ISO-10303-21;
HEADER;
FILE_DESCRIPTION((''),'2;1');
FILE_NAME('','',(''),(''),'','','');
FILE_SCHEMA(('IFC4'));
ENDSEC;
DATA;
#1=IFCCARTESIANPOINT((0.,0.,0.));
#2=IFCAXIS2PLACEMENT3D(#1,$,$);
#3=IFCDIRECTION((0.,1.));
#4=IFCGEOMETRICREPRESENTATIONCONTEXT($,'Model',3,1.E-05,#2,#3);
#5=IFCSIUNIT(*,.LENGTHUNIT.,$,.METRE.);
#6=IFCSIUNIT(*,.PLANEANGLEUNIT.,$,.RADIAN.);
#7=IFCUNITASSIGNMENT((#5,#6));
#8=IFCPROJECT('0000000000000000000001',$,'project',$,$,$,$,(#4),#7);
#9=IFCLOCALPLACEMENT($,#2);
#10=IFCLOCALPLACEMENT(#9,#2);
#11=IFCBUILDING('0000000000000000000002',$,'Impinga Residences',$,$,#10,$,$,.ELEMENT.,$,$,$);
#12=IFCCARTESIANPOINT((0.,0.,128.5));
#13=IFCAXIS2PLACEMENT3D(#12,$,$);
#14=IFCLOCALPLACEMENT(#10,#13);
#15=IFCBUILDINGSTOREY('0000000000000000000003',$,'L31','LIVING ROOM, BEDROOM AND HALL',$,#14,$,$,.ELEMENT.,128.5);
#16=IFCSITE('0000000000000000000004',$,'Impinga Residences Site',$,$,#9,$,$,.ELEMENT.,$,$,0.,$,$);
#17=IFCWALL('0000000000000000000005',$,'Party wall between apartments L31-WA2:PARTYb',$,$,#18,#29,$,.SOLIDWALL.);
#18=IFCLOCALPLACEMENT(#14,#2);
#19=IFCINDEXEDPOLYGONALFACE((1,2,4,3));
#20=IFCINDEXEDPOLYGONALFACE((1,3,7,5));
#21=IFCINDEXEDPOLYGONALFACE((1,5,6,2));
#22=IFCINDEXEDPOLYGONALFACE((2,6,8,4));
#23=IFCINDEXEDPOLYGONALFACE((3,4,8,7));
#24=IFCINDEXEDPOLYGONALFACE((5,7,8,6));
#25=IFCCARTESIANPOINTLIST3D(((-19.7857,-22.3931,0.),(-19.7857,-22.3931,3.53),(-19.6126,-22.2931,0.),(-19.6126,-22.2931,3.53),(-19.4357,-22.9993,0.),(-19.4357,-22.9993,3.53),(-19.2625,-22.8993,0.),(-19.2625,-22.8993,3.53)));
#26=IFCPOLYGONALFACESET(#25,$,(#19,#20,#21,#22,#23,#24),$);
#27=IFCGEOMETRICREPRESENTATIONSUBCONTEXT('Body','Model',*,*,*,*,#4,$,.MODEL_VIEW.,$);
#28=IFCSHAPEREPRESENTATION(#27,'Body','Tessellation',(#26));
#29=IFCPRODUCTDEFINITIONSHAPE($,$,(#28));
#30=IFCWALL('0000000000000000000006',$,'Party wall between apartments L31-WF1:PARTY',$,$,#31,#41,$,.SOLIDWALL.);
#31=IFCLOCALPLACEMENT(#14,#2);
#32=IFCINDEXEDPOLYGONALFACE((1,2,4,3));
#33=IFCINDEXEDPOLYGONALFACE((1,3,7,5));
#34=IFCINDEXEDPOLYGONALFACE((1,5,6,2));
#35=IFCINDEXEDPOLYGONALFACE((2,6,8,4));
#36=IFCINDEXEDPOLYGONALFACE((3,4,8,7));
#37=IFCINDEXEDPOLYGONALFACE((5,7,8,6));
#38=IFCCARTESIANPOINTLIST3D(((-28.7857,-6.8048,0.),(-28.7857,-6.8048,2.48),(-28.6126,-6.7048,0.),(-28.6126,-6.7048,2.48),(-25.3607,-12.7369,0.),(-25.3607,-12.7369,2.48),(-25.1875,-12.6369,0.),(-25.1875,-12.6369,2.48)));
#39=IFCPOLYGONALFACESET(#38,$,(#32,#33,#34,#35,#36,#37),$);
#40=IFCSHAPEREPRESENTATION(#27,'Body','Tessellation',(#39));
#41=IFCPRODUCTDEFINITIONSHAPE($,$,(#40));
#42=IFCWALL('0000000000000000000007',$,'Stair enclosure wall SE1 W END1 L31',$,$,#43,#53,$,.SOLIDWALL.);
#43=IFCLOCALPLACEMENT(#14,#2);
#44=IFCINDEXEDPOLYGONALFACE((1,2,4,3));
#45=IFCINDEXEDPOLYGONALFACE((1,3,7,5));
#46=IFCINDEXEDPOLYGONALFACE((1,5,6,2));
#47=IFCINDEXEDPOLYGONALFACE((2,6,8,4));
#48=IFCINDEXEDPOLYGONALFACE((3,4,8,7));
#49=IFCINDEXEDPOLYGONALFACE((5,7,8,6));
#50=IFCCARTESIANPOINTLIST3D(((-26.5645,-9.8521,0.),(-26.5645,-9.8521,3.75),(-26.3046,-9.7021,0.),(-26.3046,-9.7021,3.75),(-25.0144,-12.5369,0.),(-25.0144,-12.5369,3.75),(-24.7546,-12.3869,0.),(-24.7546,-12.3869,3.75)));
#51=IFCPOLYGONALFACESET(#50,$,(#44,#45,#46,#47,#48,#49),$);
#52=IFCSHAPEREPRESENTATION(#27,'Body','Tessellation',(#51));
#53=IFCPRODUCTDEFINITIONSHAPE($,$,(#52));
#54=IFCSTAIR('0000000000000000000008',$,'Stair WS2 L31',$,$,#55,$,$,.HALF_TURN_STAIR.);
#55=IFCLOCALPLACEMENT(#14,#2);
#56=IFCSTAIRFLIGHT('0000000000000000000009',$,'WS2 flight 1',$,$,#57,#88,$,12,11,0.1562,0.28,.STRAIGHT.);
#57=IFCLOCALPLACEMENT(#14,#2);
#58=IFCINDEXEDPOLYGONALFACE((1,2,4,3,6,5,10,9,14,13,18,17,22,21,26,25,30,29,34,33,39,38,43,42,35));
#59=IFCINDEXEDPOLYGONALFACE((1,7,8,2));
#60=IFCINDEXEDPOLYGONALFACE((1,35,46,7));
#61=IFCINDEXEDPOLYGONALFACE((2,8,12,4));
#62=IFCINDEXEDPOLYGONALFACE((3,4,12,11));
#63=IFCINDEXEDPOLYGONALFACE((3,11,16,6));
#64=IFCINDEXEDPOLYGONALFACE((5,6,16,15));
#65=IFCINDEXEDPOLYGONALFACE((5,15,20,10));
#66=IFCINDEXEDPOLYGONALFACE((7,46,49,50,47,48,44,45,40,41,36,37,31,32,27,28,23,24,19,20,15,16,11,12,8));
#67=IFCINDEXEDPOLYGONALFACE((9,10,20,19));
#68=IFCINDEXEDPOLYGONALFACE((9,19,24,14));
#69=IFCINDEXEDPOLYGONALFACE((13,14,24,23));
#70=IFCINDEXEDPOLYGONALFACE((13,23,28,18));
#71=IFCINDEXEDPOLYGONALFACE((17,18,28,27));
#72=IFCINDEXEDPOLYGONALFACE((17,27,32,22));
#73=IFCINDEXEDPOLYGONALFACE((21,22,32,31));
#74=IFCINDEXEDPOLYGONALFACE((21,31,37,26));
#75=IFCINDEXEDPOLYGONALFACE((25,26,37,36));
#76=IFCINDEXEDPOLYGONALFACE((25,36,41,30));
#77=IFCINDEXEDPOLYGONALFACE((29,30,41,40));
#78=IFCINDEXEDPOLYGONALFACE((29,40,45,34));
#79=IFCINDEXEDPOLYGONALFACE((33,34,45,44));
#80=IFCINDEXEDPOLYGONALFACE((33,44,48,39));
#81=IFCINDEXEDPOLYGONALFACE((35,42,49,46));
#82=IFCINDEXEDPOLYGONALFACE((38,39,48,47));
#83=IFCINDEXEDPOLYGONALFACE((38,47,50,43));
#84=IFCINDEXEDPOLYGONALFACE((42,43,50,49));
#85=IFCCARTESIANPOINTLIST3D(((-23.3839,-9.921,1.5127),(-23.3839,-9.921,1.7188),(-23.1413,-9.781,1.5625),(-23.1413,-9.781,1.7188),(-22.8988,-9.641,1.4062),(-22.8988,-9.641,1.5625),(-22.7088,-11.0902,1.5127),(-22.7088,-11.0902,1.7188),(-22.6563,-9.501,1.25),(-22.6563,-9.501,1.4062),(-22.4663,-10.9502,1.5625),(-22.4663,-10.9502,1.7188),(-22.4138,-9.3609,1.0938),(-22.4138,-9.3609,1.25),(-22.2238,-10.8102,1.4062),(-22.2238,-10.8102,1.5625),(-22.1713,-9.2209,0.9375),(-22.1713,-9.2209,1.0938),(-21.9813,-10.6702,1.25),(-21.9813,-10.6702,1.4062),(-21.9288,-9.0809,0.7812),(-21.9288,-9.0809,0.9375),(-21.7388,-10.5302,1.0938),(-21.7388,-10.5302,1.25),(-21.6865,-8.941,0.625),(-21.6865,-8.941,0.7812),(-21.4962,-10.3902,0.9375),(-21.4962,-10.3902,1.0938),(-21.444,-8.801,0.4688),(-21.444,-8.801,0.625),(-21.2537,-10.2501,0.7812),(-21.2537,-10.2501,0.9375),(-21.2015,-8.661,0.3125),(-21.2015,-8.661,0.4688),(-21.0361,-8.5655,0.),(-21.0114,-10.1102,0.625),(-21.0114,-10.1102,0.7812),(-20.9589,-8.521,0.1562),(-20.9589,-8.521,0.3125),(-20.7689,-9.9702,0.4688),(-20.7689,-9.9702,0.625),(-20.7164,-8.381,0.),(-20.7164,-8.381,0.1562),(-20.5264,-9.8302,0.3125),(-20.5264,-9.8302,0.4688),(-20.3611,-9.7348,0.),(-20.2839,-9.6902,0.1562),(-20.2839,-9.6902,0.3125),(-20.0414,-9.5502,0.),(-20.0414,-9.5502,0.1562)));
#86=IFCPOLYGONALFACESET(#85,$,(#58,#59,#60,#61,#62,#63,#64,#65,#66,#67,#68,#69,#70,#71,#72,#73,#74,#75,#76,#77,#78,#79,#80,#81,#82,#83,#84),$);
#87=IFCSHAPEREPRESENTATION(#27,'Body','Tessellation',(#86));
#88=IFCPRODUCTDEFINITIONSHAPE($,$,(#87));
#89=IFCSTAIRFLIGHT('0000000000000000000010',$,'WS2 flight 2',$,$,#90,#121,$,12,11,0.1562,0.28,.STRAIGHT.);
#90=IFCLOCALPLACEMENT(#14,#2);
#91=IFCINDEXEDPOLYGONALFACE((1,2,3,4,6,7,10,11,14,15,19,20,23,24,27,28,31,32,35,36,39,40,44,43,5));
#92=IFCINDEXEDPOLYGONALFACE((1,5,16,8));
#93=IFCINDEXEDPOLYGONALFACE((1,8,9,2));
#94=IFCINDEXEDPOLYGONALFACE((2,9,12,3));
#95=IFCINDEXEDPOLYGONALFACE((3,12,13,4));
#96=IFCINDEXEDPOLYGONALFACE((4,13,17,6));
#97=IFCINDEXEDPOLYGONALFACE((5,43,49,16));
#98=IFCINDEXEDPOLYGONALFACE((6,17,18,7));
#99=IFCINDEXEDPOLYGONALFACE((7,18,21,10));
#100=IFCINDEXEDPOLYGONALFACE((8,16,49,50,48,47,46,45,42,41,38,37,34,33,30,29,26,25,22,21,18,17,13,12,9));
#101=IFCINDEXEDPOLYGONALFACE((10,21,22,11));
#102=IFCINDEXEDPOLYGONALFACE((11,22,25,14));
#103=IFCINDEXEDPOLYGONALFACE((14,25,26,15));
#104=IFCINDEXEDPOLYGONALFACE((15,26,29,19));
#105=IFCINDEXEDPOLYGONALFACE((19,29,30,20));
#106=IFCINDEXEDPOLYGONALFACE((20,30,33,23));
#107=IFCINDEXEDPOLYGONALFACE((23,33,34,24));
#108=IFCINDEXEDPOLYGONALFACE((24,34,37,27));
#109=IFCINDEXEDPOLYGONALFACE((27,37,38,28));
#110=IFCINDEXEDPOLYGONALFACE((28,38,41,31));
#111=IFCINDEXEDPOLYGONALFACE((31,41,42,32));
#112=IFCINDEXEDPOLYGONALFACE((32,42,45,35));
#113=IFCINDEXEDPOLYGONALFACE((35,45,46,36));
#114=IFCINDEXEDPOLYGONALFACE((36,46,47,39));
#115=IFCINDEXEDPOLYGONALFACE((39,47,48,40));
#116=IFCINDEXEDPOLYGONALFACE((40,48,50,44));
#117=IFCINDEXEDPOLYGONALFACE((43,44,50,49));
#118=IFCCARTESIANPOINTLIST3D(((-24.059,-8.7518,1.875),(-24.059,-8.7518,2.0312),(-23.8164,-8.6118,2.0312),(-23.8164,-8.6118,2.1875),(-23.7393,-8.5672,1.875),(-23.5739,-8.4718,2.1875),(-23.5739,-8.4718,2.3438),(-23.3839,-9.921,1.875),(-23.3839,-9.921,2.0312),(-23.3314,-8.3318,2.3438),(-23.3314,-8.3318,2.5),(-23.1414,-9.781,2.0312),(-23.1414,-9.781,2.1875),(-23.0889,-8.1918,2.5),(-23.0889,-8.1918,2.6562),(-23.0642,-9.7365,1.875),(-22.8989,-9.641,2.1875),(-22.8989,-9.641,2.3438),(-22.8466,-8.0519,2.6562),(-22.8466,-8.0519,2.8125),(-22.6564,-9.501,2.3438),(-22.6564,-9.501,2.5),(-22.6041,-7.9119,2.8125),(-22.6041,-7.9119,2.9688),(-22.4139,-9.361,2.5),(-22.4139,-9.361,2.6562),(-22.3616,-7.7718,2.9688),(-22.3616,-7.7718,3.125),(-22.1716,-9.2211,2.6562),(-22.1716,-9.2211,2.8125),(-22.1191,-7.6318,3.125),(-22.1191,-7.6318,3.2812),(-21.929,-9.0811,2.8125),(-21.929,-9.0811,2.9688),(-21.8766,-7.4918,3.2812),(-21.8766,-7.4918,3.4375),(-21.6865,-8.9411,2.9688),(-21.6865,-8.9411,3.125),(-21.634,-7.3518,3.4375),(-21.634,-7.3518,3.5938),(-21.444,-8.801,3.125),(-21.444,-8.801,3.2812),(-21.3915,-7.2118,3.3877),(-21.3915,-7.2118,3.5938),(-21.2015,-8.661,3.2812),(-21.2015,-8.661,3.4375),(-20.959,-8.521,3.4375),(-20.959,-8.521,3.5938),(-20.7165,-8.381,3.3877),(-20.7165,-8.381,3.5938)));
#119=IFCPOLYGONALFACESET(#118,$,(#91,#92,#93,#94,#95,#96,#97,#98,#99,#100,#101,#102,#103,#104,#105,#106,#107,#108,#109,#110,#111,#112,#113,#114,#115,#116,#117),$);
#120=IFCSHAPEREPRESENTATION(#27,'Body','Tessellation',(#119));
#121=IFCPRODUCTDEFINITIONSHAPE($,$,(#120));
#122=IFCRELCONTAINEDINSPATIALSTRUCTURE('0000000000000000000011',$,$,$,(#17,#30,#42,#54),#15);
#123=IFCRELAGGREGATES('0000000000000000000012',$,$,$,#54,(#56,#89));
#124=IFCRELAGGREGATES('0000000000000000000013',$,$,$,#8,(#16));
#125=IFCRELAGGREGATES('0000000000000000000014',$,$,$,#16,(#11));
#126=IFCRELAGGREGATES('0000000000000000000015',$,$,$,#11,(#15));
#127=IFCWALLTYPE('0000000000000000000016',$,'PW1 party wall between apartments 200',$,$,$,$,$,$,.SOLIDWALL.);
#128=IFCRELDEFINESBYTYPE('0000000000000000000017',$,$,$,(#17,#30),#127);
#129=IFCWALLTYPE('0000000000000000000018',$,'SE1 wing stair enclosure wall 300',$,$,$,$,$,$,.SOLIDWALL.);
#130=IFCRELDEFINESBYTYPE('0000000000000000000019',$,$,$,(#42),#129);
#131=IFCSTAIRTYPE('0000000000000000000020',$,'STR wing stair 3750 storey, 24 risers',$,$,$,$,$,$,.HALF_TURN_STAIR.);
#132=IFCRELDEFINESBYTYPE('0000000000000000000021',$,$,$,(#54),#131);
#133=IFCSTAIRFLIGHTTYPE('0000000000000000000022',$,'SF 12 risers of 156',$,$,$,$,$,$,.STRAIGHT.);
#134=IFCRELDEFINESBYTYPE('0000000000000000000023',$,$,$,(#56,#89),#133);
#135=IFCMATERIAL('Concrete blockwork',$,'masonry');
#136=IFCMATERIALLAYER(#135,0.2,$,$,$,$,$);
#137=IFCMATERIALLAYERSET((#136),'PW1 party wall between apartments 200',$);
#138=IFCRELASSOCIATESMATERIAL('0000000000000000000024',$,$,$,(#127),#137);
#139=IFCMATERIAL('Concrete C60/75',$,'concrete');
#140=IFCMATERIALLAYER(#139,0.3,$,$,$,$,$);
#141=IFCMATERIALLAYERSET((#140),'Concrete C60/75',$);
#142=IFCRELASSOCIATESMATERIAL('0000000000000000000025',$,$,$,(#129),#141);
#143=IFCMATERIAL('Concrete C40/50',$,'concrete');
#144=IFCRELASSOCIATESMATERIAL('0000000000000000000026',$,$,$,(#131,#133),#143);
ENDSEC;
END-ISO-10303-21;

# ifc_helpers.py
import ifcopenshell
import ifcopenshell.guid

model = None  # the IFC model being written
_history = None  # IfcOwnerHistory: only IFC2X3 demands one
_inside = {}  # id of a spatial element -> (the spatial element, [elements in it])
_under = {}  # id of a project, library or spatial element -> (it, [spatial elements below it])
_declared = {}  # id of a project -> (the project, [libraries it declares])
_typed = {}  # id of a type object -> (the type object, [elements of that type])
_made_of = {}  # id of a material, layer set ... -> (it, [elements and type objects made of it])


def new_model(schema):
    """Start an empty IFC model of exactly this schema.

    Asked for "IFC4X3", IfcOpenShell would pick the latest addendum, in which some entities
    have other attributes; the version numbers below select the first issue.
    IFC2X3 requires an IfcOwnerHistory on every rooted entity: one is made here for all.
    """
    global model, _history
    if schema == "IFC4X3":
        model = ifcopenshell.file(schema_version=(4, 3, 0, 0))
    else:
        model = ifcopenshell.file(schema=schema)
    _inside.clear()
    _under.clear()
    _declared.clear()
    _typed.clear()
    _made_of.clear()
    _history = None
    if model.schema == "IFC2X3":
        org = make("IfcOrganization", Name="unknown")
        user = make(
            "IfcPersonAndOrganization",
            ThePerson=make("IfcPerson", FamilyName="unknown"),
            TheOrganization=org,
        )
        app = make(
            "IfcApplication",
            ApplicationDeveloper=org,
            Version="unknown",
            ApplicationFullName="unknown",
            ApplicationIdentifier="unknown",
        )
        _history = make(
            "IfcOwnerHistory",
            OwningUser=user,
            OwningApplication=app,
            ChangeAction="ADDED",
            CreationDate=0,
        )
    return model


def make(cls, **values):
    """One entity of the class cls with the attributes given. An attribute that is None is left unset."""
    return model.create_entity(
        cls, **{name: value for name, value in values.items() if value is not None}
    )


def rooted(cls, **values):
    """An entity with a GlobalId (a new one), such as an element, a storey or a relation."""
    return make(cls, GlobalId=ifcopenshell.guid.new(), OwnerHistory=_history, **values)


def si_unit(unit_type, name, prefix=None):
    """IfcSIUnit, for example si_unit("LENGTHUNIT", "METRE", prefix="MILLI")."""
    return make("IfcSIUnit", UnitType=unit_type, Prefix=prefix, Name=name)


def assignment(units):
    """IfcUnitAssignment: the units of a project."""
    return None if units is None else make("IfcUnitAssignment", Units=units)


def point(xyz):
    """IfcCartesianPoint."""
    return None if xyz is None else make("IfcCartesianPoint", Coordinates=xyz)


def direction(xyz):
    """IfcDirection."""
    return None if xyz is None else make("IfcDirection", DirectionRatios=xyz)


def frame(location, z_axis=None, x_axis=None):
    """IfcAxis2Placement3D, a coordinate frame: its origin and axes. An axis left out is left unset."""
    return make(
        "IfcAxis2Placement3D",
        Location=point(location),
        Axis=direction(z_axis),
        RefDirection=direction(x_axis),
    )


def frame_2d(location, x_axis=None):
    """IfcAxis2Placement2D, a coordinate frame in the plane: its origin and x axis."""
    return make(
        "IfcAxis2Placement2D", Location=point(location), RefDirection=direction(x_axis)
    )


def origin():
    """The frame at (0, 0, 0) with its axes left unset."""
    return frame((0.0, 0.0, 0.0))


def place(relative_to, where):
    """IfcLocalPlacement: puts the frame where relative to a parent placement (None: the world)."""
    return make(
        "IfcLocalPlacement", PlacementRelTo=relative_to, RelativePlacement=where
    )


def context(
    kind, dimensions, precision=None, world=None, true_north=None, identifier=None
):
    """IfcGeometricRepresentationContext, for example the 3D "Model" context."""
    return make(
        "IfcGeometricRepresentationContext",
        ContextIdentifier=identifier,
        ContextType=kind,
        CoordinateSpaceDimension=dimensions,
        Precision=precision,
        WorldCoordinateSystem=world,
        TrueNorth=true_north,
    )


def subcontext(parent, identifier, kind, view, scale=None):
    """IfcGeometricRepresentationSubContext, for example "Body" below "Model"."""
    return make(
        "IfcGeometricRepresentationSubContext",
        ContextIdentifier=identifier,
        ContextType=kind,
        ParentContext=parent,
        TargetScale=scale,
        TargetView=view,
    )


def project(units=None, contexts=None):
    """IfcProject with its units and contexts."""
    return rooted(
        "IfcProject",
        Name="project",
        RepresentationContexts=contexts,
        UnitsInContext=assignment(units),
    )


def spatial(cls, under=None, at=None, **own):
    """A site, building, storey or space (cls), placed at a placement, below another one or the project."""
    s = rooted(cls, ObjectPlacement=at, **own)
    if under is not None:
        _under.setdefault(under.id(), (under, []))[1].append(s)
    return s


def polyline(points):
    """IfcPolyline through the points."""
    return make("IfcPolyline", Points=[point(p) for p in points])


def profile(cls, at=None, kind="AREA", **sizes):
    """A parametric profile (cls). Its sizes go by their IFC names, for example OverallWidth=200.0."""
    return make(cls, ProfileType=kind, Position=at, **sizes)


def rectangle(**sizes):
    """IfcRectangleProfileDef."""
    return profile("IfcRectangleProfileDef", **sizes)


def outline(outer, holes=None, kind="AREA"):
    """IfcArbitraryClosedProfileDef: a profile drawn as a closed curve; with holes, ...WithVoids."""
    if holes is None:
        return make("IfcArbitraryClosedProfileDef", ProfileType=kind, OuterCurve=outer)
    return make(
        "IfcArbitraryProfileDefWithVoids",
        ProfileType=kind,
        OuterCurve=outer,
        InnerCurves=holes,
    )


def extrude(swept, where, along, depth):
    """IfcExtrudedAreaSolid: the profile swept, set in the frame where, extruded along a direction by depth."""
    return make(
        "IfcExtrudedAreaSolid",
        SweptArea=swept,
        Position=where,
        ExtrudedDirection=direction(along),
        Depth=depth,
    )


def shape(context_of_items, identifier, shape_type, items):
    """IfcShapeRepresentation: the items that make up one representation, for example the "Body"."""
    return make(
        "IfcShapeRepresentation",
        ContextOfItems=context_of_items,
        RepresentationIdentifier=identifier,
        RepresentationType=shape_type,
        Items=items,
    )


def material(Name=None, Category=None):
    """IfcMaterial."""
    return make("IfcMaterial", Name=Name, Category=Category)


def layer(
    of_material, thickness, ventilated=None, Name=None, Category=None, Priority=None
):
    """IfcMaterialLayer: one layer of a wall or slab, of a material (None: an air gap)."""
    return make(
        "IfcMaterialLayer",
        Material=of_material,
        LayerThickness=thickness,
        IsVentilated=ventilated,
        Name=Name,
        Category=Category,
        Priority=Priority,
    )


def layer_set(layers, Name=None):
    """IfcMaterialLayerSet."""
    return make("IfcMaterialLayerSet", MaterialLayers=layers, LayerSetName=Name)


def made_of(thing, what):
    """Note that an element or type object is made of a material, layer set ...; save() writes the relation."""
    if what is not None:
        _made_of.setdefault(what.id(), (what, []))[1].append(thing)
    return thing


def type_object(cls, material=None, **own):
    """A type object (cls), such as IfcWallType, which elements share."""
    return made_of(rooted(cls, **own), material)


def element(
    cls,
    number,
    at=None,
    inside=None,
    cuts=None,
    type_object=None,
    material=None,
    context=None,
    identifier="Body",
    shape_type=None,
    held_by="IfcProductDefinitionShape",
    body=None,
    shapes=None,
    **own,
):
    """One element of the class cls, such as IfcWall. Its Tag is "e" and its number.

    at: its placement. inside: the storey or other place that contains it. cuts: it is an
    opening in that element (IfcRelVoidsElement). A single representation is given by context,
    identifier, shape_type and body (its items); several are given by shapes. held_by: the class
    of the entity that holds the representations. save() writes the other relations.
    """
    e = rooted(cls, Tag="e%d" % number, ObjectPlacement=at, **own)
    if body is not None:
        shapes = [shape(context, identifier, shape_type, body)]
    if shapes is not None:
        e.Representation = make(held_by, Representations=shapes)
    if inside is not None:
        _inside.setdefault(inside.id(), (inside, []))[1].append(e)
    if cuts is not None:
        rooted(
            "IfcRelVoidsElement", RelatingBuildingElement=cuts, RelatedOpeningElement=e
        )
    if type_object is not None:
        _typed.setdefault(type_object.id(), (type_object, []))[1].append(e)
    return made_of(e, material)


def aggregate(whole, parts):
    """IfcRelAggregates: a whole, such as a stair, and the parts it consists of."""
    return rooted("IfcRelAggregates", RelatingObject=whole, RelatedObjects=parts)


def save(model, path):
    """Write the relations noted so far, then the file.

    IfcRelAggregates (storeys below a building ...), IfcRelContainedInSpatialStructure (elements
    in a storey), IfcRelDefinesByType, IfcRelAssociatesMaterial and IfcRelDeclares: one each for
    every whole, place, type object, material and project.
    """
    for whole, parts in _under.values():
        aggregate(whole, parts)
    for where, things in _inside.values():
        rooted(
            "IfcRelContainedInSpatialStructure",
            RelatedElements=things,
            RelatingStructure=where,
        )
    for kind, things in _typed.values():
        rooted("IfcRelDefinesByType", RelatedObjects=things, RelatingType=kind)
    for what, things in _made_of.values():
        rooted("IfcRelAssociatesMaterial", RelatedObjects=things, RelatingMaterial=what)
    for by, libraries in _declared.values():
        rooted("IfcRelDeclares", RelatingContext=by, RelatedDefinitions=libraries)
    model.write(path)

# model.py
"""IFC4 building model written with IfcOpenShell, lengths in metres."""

from ifc_helpers import new_model, si_unit, direction, frame, frame_2d, origin, place, context, subcontext, project, spatial, polyline, rectangle, outline, extrude, material, layer, layer_set, type_object, element, aggregate, save


model = new_model("IFC4")

# Units and contexts
model_context = context("Model", 3, precision=1e-05, world=origin(), true_north=direction((0.0, 1.0)))
body_context = subcontext(model_context, "Body", "Model", "MODEL_VIEW")
ifc_project = project(units=[si_unit("LENGTHUNIT", "METRE"), si_unit("PLANEANGLEUNIT", "RADIAN")], contexts=[model_context])

# Site, building, storey
site_placement = place(None, origin())
site = spatial("IfcSite", under=ifc_project, at=site_placement, Name="Impinga Residences Site", CompositionType="ELEMENT", RefElevation=0.0)
building_placement = place(site_placement, origin())
building = spatial("IfcBuilding", under=site, at=building_placement, Name="Impinga Residences", CompositionType="ELEMENT")
storey_placement = place(building_placement, frame((0.0, 0.0, 128.5)))
storey = spatial("IfcBuildingStorey", under=building, at=storey_placement, Name="L31", Description="LIVING ROOM, BEDROOM AND HALL", CompositionType="ELEMENT", Elevation=128.5)

# Shared definitions
ifc_material_1 = material(Name="Concrete C60/75", Category="concrete")

# Walls
ifc_material_2 = material(Name="Concrete blockwork", Category="masonry")
ifc_layer_1 = layer(ifc_material_2, 0.2)
ifc_layer_set_1 = layer_set([ifc_layer_1], Name="PW1 party wall between apartments 200")
wall_type_1 = type_object("IfcWallType", Name="PW1 party wall between apartments 200", PredefinedType="SOLIDWALL", material=ifc_layer_set_1)
wall_1_placement = place(storey_placement, frame((-19.6992, -22.343, 0.0), z_axis=(0.0, 0.0, 1.0), x_axis=(0.500115, -0.865959, 0.0)))
element("IfcWall", 1, at=wall_1_placement, inside=storey, type_object=wall_type_1, Name="Party wall between apartments L31-WA2:PARTYb", PredefinedType="SOLIDWALL", context=body_context, shape_type="SweptSolid", body=[
    extrude(rectangle(XDim=0.7, YDim=0.2, at=frame_2d((0.3501, 0.0))), origin(), (0.0, 0.0, 1.0), 3.53),
])
wall_2_placement = place(storey_placement, frame((-25.2742, -12.6868, 0.0), z_axis=(0.0, 0.0, 1.0), x_axis=(-0.500015, 0.866017, 0.0)))
element("IfcWall", 2, at=wall_2_placement, inside=storey, type_object=wall_type_1, Name="Party wall between apartments L31-WF1:PARTY", PredefinedType="SOLIDWALL", context=body_context, shape_type="SweptSolid", body=[
    extrude(rectangle(XDim=6.8499, YDim=0.2, at=frame_2d((3.4248, 0.0))), origin(), (0.0, 0.0, 1.0), 2.48),
])
ifc_layer_2 = layer(ifc_material_1, 0.3)
ifc_layer_set_2 = layer_set([ifc_layer_2], Name="Concrete C60/75")
wall_type_2 = type_object("IfcWallType", Name="SE1 wing stair enclosure wall 300", PredefinedType="SOLIDWALL", material=ifc_layer_set_2)
wall_3_placement = place(storey_placement, frame((-24.8845, -12.4619, 0.0), z_axis=(0.0, 0.0, 1.0), x_axis=(-0.499993, 0.86603, 0.0)))
element("IfcWall", 3, at=wall_3_placement, inside=storey, type_object=wall_type_2, Name="Stair enclosure wall SE1 W END1 L31", PredefinedType="SOLIDWALL", context=body_context, shape_type="SweptSolid", body=[
    extrude(rectangle(XDim=3.1001, YDim=0.3, at=frame_2d((1.55, 0.0))), origin(), (0.0, 0.0, 1.0), 3.75),
])

# Stair, stair flights
ifc_material_3 = material(Name="Concrete C40/50", Category="concrete")
stair_type = type_object("IfcStairType", Name="STR wing stair 3750 storey, 24 risers", PredefinedType="HALF_TURN_STAIR", material=ifc_material_3)
stair_placement = place(storey_placement, origin())
stair = element("IfcStair", 4, at=stair_placement, inside=storey, type_object=stair_type, Name="Stair WS2 L31", PredefinedType="HALF_TURN_STAIR")
stair_flight_type = type_object("IfcStairFlightType", Name="SF 12 risers of 156", PredefinedType="STRAIGHT", material=ifc_material_3)
stair_flight_1_placement = place(storey_placement, frame((-20.3789, -8.9656, 0.0), z_axis=(0.0, 0.0, 1.0), x_axis=(-0.866025, -0.5, 0.0)))
stair_flight_1 = element("IfcStairFlight", 5, at=stair_flight_1_placement, type_object=stair_flight_type, Name="WS2 flight 1", NumberOfRisers=12, NumberOfTreads=11, PredefinedType="STRAIGHT", RiserHeight=0.1562, TreadLength=0.28, context=body_context, shape_type="SweptSolid", body=[
    extrude(outline(polyline([(0.0, 0.0), (0.0, 0.1562), (0.28, 0.1562), (0.28, 0.3125), (0.5601, 0.3125), (0.5601, 0.4688), (0.8401, 0.4688), (0.8401, 0.625), (1.1201, 0.625), (1.1201, 0.7812), (1.3999, 0.7812), (1.3999, 0.9375), (1.6799, 0.9375), (1.6799, 1.0938), (1.96, 1.0938), (1.96, 1.25), (2.24, 1.25), (2.24, 1.4062), (2.52, 1.4062), (2.52, 1.5625), (2.8, 1.5625), (2.8, 1.7188), (3.0801, 1.7188), (3.0801, 1.875), (3.0801, 1.5127), (0.3691, 0.0), (0.0, 0.0)])), frame((0.0, 0.675, 0.0), z_axis=(0.0, -1.0, 0.0), x_axis=(1.0, 0.0, 0.0)), (0.0, 0.0, 1.0), 1.3501),
])
stair_flight_2_placement = place(storey_placement, frame((-23.7214, -9.3364, 1.875), z_axis=(0.0, 0.0, 1.0), x_axis=(0.866025, 0.5, 0.0)))
stair_flight_2 = element("IfcStairFlight", 6, at=stair_flight_2_placement, type_object=stair_flight_type, Name="WS2 flight 2", NumberOfRisers=12, NumberOfTreads=11, PredefinedType="STRAIGHT", RiserHeight=0.1562, TreadLength=0.28, context=body_context, shape_type="SweptSolid", body=[
    extrude(outline(polyline([(0.0, 0.0), (0.0, 0.1562), (0.28, 0.1562), (0.28, 0.3125), (0.5601, 0.3125), (0.5601, 0.4688), (0.8401, 0.4688), (0.8401, 0.625), (1.1201, 0.625), (1.1201, 0.7812), (1.3999, 0.7812), (1.3999, 0.9375), (1.6799, 0.9375), (1.6799, 1.0938), (1.96, 1.0938), (1.96, 1.25), (2.24, 1.25), (2.24, 1.4062), (2.52, 1.4062), (2.52, 1.5625), (2.8, 1.5625), (2.8, 1.7188), (3.0801, 1.7188), (3.0801, 1.875), (3.0801, 1.5127), (0.3691, 0.0), (0.0, 0.0)])), frame((0.0, 0.675, 0.0), z_axis=(0.0, -1.0, 0.0), x_axis=(1.0, 0.0, 0.0)), (0.0, 0.0, 1.0), 1.3501),
])
aggregate(stair, [stair_flight_1, stair_flight_2])

save(model, "model.ifc")
